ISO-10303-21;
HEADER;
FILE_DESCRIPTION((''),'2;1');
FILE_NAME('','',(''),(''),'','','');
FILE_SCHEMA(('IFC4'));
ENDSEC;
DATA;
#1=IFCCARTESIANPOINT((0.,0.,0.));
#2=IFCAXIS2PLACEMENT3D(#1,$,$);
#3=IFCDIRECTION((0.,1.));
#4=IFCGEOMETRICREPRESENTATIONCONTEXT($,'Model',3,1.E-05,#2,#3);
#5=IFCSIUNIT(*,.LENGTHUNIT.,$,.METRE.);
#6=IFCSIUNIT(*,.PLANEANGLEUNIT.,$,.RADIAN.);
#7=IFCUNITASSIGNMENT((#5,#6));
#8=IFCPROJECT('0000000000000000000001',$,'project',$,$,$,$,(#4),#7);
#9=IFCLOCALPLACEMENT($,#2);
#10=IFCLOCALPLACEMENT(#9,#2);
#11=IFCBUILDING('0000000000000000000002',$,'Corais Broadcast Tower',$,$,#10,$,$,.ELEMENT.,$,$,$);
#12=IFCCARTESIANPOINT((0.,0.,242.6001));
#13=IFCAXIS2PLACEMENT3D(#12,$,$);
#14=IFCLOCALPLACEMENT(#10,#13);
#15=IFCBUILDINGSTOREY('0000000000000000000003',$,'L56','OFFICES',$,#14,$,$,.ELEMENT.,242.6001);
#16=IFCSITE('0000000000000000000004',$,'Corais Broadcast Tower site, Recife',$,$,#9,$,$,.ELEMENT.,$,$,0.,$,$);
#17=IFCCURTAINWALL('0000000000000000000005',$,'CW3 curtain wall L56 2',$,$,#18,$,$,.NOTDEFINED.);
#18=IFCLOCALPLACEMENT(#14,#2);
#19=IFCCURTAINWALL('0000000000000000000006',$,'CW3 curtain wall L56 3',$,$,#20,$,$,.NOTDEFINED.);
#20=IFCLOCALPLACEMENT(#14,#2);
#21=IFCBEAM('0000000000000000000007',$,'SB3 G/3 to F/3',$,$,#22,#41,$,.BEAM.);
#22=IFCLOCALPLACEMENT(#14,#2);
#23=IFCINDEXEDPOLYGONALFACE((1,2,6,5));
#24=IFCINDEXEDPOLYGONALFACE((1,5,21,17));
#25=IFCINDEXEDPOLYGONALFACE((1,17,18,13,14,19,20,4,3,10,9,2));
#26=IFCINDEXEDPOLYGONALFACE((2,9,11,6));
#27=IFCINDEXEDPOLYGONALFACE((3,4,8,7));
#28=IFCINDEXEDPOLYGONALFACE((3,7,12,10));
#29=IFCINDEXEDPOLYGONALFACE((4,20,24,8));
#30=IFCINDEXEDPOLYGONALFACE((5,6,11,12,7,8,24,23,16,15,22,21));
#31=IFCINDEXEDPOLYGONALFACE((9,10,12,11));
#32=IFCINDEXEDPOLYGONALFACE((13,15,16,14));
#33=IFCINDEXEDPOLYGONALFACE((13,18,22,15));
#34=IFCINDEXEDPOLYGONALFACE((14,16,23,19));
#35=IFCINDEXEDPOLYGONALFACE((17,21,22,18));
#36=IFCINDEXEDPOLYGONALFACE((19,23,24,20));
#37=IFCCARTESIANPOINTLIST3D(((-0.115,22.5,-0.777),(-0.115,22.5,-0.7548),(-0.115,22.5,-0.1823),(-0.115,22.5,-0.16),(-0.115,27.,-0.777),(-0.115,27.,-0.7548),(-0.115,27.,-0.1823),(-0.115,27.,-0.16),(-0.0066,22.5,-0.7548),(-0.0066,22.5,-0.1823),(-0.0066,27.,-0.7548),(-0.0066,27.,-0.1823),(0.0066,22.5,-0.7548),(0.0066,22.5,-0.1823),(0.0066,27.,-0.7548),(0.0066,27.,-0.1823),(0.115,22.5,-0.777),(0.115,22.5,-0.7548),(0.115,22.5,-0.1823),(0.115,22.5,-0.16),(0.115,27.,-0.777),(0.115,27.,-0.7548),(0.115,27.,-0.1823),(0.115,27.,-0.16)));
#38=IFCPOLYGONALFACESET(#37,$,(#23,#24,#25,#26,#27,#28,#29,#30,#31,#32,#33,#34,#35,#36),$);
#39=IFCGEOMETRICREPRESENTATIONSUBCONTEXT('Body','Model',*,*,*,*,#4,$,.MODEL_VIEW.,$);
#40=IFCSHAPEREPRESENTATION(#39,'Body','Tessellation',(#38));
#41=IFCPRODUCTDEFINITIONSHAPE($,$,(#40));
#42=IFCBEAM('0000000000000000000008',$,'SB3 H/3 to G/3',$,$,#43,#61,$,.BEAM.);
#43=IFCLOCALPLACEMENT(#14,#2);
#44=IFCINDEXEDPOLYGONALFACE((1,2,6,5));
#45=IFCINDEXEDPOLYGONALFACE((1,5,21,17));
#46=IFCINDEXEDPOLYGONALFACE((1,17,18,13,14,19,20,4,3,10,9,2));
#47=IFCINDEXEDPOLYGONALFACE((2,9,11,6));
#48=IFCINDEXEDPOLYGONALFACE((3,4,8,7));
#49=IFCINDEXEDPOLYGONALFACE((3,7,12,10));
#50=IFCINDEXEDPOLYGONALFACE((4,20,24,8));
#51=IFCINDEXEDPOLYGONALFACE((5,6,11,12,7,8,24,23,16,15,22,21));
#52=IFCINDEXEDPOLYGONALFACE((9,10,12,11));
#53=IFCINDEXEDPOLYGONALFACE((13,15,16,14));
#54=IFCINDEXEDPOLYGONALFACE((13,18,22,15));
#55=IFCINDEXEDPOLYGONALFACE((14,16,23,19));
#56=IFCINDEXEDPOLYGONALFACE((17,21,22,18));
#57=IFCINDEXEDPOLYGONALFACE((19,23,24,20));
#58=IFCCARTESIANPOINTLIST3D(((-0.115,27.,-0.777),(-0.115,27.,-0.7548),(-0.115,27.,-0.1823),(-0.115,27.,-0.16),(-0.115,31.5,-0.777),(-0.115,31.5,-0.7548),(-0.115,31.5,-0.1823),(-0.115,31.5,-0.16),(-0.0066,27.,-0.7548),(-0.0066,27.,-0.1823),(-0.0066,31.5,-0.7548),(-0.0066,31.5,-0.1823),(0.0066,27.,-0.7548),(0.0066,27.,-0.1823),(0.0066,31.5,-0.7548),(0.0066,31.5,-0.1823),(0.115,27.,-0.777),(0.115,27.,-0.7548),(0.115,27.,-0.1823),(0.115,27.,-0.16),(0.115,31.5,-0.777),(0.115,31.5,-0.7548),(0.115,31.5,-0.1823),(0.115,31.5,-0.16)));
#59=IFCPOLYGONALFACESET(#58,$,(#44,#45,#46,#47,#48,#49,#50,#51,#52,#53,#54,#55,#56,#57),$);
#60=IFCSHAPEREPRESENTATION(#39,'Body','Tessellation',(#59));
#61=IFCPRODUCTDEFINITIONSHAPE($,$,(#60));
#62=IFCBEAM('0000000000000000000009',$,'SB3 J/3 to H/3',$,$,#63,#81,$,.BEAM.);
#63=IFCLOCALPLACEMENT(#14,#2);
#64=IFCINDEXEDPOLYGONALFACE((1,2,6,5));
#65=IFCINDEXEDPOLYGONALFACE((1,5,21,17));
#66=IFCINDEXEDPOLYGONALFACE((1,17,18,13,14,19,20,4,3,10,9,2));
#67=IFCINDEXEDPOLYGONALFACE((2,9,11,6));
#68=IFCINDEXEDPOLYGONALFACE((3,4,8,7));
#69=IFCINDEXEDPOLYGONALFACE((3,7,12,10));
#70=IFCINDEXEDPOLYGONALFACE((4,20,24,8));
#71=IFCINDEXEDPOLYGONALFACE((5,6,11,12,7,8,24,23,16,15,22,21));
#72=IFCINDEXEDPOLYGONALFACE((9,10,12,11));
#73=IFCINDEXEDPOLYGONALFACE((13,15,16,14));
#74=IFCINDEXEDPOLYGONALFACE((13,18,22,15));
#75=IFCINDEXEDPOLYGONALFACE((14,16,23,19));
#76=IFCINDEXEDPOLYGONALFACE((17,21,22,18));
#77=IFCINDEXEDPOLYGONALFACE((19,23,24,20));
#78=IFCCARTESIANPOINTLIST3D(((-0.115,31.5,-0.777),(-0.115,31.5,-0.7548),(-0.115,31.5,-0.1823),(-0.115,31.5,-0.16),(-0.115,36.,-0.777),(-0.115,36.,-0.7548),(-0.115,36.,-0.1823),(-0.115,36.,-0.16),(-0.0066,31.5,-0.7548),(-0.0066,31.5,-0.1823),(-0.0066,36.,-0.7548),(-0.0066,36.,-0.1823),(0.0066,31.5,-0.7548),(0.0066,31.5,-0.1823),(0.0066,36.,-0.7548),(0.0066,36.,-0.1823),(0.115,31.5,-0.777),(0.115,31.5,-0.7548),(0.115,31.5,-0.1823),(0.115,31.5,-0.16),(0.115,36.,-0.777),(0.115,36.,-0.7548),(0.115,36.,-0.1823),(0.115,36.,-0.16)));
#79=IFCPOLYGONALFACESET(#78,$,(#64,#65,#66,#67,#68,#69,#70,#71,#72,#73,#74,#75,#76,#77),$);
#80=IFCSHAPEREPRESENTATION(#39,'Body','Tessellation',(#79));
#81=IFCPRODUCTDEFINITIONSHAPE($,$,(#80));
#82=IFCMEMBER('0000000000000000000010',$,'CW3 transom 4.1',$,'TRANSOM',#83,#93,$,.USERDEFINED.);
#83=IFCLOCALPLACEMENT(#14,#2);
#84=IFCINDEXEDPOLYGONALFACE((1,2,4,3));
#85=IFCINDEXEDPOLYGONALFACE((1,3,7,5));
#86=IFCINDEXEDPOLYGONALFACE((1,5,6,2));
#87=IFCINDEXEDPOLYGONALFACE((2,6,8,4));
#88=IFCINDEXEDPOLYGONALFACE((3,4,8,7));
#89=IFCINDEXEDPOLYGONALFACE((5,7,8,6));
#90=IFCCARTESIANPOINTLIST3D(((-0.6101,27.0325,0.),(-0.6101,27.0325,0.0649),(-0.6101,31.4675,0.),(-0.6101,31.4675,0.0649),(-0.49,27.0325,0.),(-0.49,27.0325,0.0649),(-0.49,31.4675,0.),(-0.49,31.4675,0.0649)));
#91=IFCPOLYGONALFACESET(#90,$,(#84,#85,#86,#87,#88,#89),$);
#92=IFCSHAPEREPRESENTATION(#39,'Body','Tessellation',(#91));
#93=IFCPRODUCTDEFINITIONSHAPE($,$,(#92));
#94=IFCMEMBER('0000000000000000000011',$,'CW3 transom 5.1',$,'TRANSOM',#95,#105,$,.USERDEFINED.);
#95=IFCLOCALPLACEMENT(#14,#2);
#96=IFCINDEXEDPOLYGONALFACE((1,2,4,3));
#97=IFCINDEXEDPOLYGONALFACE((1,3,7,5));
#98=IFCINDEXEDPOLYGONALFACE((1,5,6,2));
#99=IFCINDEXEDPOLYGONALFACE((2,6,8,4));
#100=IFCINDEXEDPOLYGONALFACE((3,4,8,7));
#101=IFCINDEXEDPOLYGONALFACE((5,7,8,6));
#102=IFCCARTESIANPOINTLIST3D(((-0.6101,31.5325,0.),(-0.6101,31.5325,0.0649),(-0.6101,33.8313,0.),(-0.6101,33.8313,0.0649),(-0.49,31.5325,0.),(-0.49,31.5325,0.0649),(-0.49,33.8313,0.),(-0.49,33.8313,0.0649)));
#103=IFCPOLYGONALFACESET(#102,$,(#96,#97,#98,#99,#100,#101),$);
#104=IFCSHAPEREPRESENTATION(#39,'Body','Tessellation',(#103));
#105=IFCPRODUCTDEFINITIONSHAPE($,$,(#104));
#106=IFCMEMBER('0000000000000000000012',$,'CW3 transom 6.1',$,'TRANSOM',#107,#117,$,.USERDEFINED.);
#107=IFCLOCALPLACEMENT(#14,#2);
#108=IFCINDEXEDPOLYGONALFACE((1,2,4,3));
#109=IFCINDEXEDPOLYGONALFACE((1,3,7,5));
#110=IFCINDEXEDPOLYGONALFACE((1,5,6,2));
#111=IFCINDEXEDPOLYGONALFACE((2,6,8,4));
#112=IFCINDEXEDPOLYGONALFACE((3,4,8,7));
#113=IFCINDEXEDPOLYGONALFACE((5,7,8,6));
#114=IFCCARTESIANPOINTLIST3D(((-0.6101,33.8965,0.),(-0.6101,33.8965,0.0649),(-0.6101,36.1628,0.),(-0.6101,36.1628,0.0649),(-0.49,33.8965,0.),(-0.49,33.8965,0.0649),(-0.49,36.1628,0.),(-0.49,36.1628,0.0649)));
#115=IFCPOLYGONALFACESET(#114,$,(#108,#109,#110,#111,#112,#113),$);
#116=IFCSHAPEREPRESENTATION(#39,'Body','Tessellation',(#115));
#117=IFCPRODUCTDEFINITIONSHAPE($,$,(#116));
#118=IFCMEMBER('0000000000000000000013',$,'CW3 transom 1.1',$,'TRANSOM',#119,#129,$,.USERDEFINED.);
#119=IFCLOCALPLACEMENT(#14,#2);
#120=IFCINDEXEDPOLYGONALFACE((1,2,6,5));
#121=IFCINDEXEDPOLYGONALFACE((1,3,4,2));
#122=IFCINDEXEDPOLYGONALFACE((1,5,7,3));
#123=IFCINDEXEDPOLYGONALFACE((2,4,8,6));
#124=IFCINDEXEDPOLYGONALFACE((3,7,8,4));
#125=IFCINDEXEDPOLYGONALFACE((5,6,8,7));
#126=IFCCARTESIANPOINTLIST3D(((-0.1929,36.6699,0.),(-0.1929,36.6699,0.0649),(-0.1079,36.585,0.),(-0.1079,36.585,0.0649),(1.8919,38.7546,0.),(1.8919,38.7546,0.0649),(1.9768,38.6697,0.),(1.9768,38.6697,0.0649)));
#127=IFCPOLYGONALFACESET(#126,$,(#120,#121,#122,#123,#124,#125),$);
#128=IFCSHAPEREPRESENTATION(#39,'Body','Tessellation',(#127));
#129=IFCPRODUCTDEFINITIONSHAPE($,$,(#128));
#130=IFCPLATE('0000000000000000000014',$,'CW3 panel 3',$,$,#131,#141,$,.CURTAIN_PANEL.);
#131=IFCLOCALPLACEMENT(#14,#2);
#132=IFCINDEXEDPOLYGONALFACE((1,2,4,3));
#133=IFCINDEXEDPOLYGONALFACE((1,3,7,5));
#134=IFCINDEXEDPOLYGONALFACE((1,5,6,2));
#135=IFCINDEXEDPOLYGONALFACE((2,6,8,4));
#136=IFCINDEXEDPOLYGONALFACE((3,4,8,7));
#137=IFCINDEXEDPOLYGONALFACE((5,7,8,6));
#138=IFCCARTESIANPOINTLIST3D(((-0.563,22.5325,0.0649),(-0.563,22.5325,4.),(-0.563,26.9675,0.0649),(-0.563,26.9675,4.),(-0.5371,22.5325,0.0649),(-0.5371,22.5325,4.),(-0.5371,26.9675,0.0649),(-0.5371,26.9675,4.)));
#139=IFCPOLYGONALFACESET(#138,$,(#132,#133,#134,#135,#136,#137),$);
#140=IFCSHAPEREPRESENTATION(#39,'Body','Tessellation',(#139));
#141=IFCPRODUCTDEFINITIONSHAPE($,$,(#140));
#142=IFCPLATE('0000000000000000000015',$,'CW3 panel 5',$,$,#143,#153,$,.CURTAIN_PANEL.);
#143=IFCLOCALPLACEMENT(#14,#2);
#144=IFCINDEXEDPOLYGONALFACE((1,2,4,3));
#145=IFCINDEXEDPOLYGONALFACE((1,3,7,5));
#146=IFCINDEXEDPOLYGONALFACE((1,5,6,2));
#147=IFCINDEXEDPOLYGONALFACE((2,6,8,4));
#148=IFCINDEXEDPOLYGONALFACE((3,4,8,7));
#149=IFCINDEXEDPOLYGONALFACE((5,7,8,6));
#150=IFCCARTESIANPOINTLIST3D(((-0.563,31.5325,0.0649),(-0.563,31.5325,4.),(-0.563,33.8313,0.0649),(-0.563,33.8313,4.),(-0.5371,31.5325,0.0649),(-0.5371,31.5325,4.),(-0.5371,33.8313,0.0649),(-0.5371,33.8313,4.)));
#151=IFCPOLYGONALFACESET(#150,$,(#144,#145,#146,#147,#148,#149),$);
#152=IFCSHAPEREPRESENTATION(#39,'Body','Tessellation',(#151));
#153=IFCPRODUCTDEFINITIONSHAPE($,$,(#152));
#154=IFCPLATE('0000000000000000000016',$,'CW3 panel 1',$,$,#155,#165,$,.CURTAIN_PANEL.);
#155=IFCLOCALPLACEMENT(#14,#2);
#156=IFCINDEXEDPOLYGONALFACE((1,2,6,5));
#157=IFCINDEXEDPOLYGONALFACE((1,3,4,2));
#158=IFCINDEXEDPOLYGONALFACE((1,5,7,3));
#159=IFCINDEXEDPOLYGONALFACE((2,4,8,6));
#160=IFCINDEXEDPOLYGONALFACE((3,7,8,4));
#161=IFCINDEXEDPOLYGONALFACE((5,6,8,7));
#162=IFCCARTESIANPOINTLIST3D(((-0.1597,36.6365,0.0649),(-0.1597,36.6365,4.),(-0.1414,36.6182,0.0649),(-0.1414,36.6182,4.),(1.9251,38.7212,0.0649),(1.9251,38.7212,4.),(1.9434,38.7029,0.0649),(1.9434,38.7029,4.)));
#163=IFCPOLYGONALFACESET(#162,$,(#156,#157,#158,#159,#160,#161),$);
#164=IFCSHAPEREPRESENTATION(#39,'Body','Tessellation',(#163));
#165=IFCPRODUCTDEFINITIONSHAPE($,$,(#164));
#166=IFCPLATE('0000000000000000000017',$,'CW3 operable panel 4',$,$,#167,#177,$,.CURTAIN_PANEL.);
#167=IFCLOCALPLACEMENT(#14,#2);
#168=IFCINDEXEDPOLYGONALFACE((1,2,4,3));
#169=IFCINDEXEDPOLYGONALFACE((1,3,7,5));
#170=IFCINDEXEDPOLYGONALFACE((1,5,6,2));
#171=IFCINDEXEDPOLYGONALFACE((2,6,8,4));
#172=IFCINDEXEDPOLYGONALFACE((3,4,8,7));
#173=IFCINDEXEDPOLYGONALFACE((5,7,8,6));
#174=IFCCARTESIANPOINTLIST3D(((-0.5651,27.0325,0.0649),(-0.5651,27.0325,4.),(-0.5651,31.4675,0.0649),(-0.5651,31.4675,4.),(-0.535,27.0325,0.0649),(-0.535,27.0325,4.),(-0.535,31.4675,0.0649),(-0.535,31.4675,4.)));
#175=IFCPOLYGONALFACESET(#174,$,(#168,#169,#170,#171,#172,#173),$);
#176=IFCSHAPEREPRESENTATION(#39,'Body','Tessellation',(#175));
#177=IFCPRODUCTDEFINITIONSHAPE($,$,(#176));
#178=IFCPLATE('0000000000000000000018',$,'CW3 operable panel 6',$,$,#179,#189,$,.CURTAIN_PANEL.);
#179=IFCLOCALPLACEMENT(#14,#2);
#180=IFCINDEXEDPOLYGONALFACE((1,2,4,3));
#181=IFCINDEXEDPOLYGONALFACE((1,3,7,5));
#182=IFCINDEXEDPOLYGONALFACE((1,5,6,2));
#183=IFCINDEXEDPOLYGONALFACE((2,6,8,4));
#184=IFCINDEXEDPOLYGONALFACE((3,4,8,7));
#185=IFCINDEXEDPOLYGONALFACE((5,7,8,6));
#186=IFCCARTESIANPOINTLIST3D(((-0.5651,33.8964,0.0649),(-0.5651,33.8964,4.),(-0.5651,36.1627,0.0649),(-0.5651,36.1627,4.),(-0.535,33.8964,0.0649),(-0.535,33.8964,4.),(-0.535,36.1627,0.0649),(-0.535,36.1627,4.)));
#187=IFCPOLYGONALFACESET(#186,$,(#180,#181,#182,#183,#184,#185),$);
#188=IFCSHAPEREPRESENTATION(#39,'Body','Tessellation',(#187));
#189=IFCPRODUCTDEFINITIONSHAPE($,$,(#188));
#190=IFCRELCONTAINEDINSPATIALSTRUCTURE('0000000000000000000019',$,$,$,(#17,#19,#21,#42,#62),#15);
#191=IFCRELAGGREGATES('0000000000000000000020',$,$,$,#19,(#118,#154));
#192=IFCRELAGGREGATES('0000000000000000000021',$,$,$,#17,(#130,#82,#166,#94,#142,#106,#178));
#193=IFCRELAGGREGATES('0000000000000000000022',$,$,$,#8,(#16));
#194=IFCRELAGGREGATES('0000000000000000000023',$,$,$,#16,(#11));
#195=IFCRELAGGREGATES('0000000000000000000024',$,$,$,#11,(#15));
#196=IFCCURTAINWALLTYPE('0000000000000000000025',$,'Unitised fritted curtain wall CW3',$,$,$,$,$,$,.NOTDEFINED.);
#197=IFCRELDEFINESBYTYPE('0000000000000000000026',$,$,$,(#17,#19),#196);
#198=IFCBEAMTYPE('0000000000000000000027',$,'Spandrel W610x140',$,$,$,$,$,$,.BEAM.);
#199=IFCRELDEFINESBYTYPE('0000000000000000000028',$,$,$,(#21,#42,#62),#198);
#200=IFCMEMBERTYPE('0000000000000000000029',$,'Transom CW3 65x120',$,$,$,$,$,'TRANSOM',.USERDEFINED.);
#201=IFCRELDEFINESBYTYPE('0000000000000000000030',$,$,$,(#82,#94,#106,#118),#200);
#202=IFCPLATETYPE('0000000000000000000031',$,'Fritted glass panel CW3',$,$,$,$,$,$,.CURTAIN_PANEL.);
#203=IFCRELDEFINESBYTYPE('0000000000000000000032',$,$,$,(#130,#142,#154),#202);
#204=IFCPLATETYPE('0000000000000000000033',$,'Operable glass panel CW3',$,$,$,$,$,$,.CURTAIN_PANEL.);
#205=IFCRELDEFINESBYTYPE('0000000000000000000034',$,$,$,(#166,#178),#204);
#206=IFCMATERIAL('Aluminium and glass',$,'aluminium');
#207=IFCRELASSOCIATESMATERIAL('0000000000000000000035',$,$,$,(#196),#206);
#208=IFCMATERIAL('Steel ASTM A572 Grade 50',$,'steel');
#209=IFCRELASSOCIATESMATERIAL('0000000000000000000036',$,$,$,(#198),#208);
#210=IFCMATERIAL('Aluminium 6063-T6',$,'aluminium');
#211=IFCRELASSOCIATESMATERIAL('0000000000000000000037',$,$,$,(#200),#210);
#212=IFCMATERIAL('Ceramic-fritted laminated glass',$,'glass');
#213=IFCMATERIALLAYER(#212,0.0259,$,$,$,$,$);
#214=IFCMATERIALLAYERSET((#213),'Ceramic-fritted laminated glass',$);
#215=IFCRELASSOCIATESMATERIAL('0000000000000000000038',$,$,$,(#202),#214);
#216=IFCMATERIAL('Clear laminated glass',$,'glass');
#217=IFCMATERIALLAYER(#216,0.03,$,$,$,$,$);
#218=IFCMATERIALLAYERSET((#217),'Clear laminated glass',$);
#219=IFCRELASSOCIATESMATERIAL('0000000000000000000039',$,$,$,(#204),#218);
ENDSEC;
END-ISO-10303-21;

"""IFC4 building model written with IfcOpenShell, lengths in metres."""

from ifc_helpers import new_model, si_unit, direction, frame, origin, origin_2d, place, context, subcontext, project, spatial, rectangle, i_section, extrude, material, layer, layer_set, material_profile, profile_set, type_object, element, aggregate, save


model = new_model("IFC4")

# Units and contexts
model_context = context("Model", 3, precision=1e-05, world=origin(), true_north=direction((0.0, 1.0)))
body_context = subcontext(model_context, "Body", "Model", "MODEL_VIEW")
ifc_project = project(units=[si_unit("LENGTHUNIT", "METRE"), si_unit("PLANEANGLEUNIT", "RADIAN")], contexts=[model_context])

# Site, building, storey
site_placement = place(None, origin())
site = spatial("IfcSite", under=ifc_project, at=site_placement, Name="Corais Broadcast Tower site, Recife", CompositionType="ELEMENT", RefElevation=0.0)
building_placement = place(site_placement, origin())
building = spatial("IfcBuilding", under=site, at=building_placement, Name="Corais Broadcast Tower", CompositionType="ELEMENT")
storey_placement = place(building_placement, frame((0.0, 0.0, 242.6001)))
storey = spatial("IfcBuildingStorey", under=building, at=storey_placement, Name="L56", Description="OFFICES", CompositionType="ELEMENT", Elevation=242.6001)

# Curtain wall
ifc_material_1 = material(Name="Aluminium and glass", Category="aluminium")
curtain_wall_type = type_object("IfcCurtainWallType", Name="Unitised fritted curtain wall CW3", PredefinedType="NOTDEFINED", material=ifc_material_1)
curtain_wall_1_placement = place(storey_placement, origin())
curtain_wall_1 = element("IfcCurtainWall", 1, at=curtain_wall_1_placement, inside=storey, type_object=curtain_wall_type, Name="CW3 curtain wall L56 2", PredefinedType="NOTDEFINED")

# Curtain wall
curtain_wall_2_placement = place(storey_placement, origin())
curtain_wall_2 = element("IfcCurtainWall", 2, at=curtain_wall_2_placement, inside=storey, type_object=curtain_wall_type, Name="CW3 curtain wall L56 3", PredefinedType="NOTDEFINED")

# Beams
ifc_material_2 = material(Name="Steel ASTM A572 Grade 50", Category="steel")
ifc_material_profile_1 = material_profile(ifc_material_2, i_section(OverallWidth=0.23, OverallDepth=0.6169, WebThickness=0.0132, FlangeThickness=0.0222, at=origin_2d()), Name="W610x140")
ifc_profile_set_1 = profile_set([ifc_material_profile_1], Name="Steel ASTM A572 Grade 50")
beam_type_1 = type_object("IfcBeamType", Name="Spandrel W610x140", PredefinedType="BEAM", material=ifc_profile_set_1)
for number, where, z_axis, x_axis, name in (
    (3, (0.0, 27.0, -0.4685), (0.0, -1.0, 0.0), (1.0, 0.0, 0.0), "SB3 G/3 to F/3"),
    (4, (0.0, 31.5, -0.4685), (0.0, -1.0, 0.0), (1.0, 0.0, 0.0), "SB3 H/3 to G/3"),
    (5, (0.0, 36.0, -0.4685), (0.0, -1.0, 0.0), (1.0, 0.0, 0.0), "SB3 J/3 to H/3"),
):
    element("IfcBeam", number, at=place(storey_placement, frame(where, z_axis=z_axis, x_axis=x_axis)), inside=storey, type_object=beam_type_1, Name=name, PredefinedType="BEAM", context=body_context, shape_type="SweptSolid", body=[
        extrude(i_section(OverallWidth=0.23, OverallDepth=0.6169, WebThickness=0.0132, FlangeThickness=0.0222, at=origin_2d()), origin(), (0.0, 0.0, 1.0), 4.5),
    ])

# Members
ifc_material_3 = material(Name="Aluminium 6063-T6", Category="aluminium")
ifc_material_profile_2 = material_profile(ifc_material_3, rectangle(XDim=0.1201, YDim=0.0649, at=origin_2d()), Name="Transom CW3 65x120")
ifc_profile_set_2 = profile_set([ifc_material_profile_2], Name="Aluminium 6063-T6")
member_type_1 = type_object("IfcMemberType", Name="Transom CW3 65x120", ElementType="TRANSOM", PredefinedType="USERDEFINED", material=ifc_profile_set_2)
member_1_placement = place(storey_placement, frame((-0.55, 27.0325, 0.0325), z_axis=(0.0, 1.0, 0.0), x_axis=(-1.0, 0.0, 0.0)))
member_1 = element("IfcMember", 6, at=member_1_placement, type_object=member_type_1, Name="CW3 transom 4.1", ObjectType="TRANSOM", PredefinedType="USERDEFINED", context=body_context, shape_type="SweptSolid", body=[
    extrude(rectangle(XDim=0.1201, YDim=0.0649, at=origin_2d()), origin(), (0.0, 0.0, 1.0), 4.4351),
])
member_2_placement = place(storey_placement, frame((-0.55, 31.5325, 0.0325), z_axis=(0.0, 1.0, 0.0), x_axis=(-1.0, 0.0, 0.0)))
member_2 = element("IfcMember", 7, at=member_2_placement, type_object=member_type_1, Name="CW3 transom 5.1", ObjectType="TRANSOM", PredefinedType="USERDEFINED", context=body_context, shape_type="SweptSolid", body=[
    extrude(rectangle(XDim=0.1201, YDim=0.0649, at=origin_2d()), origin(), (0.0, 0.0, 1.0), 2.2988),
])
member_3_placement = place(storey_placement, frame((-0.55, 33.8965, 0.0325), z_axis=(0.0, 1.0, 0.0), x_axis=(-1.0, 0.0, 0.0)))
member_3 = element("IfcMember", 8, at=member_3_placement, type_object=member_type_1, Name="CW3 transom 6.1", ObjectType="TRANSOM", PredefinedType="USERDEFINED", context=body_context, shape_type="SweptSolid", body=[
    extrude(rectangle(XDim=0.1201, YDim=0.0649, at=origin_2d()), origin(), (0.0, 0.0, 1.0), 2.2664),
])
member_4_placement = place(storey_placement, frame((-0.1504, 36.6274, 0.0325), z_axis=(0.707107, 0.707107, 0.0), x_axis=(-0.707107, 0.707107, 0.0)))
member_4 = element("IfcMember", 9, at=member_4_placement, type_object=member_type_1, Name="CW3 transom 1.1", ObjectType="TRANSOM", PredefinedType="USERDEFINED", context=body_context, shape_type="SweptSolid", body=[
    extrude(rectangle(XDim=0.1201, YDim=0.0649, at=origin_2d()), origin(), (0.0, 0.0, 1.0), 2.9482),
])

# Plates
ifc_material_4 = material(Name="Ceramic-fritted laminated glass", Category="glass")
ifc_layer_1 = layer(ifc_material_4, 0.0259)
ifc_layer_set_1 = layer_set([ifc_layer_1], Name="Ceramic-fritted laminated glass")
plate_type_1 = type_object("IfcPlateType", Name="Fritted glass panel CW3", PredefinedType="CURTAIN_PANEL", material=ifc_layer_set_1)
plate_1_placement = place(storey_placement, frame((-0.55, 24.75, 0.0649), z_axis=(0.0, 0.0, 1.0), x_axis=(0.0, 1.0, 0.0)))
plate_1 = element("IfcPlate", 10, at=plate_1_placement, type_object=plate_type_1, Name="CW3 panel 3", PredefinedType="CURTAIN_PANEL", context=body_context, shape_type="SweptSolid", body=[
    extrude(rectangle(XDim=4.4351, YDim=0.0259, at=origin_2d()), origin(), (0.0, 0.0, 1.0), 3.9351),
])
plate_2_placement = place(storey_placement, frame((-0.55, 32.6819, 0.0649), z_axis=(0.0, 0.0, 1.0), x_axis=(0.0, 1.0, 0.0)))
plate_2 = element("IfcPlate", 11, at=plate_2_placement, type_object=plate_type_1, Name="CW3 panel 5", PredefinedType="CURTAIN_PANEL", context=body_context, shape_type="SweptSolid", body=[
    extrude(rectangle(XDim=2.2988, YDim=0.0259, at=origin_2d()), origin(), (0.0, 0.0, 1.0), 3.9351),
])
plate_3_placement = place(storey_placement, frame((0.8918, 37.6697, 0.0649), z_axis=(0.0, 0.0, 1.0), x_axis=(0.707107, 0.707107, 0.0)))
plate_3 = element("IfcPlate", 12, at=plate_3_placement, type_object=plate_type_1, Name="CW3 panel 1", PredefinedType="CURTAIN_PANEL", context=body_context, shape_type="SweptSolid", body=[
    extrude(rectangle(XDim=2.9482, YDim=0.0259, at=origin_2d()), origin(), (0.0, 0.0, 1.0), 3.9351),
])
aggregate(curtain_wall_2, [member_4, plate_3])
ifc_material_5 = material(Name="Clear laminated glass", Category="glass")
ifc_layer_2 = layer(ifc_material_5, 0.03)
ifc_layer_set_2 = layer_set([ifc_layer_2], Name="Clear laminated glass")
plate_type_2 = type_object("IfcPlateType", Name="Operable glass panel CW3", PredefinedType="CURTAIN_PANEL", material=ifc_layer_set_2)
plate_4_placement = place(storey_placement, frame((-0.55, 29.25, 0.0649), z_axis=(0.0, 0.0, 1.0), x_axis=(0.0, 1.0, 0.0)))
plate_4 = element("IfcPlate", 13, at=plate_4_placement, type_object=plate_type_2, Name="CW3 operable panel 4", PredefinedType="CURTAIN_PANEL", context=body_context, shape_type="SweptSolid", body=[
    extrude(rectangle(XDim=4.4351, YDim=0.03, at=origin_2d()), origin(), (0.0, 0.0, 1.0), 3.9351),
])
plate_5_placement = place(storey_placement, frame((-0.55, 35.0295, 0.0649), z_axis=(0.0, 0.0, 1.0), x_axis=(0.0, 1.0, 0.0)))
plate_5 = element("IfcPlate", 14, at=plate_5_placement, type_object=plate_type_2, Name="CW3 operable panel 6", PredefinedType="CURTAIN_PANEL", context=body_context, shape_type="SweptSolid", body=[
    extrude(rectangle(XDim=2.2664, YDim=0.03, at=origin_2d()), origin(), (0.0, 0.0, 1.0), 3.9351),
])
aggregate(curtain_wall_1, [plate_1, member_1, plate_4, member_2, plate_2, member_3, plate_5])

save(model, "model.ifc")
